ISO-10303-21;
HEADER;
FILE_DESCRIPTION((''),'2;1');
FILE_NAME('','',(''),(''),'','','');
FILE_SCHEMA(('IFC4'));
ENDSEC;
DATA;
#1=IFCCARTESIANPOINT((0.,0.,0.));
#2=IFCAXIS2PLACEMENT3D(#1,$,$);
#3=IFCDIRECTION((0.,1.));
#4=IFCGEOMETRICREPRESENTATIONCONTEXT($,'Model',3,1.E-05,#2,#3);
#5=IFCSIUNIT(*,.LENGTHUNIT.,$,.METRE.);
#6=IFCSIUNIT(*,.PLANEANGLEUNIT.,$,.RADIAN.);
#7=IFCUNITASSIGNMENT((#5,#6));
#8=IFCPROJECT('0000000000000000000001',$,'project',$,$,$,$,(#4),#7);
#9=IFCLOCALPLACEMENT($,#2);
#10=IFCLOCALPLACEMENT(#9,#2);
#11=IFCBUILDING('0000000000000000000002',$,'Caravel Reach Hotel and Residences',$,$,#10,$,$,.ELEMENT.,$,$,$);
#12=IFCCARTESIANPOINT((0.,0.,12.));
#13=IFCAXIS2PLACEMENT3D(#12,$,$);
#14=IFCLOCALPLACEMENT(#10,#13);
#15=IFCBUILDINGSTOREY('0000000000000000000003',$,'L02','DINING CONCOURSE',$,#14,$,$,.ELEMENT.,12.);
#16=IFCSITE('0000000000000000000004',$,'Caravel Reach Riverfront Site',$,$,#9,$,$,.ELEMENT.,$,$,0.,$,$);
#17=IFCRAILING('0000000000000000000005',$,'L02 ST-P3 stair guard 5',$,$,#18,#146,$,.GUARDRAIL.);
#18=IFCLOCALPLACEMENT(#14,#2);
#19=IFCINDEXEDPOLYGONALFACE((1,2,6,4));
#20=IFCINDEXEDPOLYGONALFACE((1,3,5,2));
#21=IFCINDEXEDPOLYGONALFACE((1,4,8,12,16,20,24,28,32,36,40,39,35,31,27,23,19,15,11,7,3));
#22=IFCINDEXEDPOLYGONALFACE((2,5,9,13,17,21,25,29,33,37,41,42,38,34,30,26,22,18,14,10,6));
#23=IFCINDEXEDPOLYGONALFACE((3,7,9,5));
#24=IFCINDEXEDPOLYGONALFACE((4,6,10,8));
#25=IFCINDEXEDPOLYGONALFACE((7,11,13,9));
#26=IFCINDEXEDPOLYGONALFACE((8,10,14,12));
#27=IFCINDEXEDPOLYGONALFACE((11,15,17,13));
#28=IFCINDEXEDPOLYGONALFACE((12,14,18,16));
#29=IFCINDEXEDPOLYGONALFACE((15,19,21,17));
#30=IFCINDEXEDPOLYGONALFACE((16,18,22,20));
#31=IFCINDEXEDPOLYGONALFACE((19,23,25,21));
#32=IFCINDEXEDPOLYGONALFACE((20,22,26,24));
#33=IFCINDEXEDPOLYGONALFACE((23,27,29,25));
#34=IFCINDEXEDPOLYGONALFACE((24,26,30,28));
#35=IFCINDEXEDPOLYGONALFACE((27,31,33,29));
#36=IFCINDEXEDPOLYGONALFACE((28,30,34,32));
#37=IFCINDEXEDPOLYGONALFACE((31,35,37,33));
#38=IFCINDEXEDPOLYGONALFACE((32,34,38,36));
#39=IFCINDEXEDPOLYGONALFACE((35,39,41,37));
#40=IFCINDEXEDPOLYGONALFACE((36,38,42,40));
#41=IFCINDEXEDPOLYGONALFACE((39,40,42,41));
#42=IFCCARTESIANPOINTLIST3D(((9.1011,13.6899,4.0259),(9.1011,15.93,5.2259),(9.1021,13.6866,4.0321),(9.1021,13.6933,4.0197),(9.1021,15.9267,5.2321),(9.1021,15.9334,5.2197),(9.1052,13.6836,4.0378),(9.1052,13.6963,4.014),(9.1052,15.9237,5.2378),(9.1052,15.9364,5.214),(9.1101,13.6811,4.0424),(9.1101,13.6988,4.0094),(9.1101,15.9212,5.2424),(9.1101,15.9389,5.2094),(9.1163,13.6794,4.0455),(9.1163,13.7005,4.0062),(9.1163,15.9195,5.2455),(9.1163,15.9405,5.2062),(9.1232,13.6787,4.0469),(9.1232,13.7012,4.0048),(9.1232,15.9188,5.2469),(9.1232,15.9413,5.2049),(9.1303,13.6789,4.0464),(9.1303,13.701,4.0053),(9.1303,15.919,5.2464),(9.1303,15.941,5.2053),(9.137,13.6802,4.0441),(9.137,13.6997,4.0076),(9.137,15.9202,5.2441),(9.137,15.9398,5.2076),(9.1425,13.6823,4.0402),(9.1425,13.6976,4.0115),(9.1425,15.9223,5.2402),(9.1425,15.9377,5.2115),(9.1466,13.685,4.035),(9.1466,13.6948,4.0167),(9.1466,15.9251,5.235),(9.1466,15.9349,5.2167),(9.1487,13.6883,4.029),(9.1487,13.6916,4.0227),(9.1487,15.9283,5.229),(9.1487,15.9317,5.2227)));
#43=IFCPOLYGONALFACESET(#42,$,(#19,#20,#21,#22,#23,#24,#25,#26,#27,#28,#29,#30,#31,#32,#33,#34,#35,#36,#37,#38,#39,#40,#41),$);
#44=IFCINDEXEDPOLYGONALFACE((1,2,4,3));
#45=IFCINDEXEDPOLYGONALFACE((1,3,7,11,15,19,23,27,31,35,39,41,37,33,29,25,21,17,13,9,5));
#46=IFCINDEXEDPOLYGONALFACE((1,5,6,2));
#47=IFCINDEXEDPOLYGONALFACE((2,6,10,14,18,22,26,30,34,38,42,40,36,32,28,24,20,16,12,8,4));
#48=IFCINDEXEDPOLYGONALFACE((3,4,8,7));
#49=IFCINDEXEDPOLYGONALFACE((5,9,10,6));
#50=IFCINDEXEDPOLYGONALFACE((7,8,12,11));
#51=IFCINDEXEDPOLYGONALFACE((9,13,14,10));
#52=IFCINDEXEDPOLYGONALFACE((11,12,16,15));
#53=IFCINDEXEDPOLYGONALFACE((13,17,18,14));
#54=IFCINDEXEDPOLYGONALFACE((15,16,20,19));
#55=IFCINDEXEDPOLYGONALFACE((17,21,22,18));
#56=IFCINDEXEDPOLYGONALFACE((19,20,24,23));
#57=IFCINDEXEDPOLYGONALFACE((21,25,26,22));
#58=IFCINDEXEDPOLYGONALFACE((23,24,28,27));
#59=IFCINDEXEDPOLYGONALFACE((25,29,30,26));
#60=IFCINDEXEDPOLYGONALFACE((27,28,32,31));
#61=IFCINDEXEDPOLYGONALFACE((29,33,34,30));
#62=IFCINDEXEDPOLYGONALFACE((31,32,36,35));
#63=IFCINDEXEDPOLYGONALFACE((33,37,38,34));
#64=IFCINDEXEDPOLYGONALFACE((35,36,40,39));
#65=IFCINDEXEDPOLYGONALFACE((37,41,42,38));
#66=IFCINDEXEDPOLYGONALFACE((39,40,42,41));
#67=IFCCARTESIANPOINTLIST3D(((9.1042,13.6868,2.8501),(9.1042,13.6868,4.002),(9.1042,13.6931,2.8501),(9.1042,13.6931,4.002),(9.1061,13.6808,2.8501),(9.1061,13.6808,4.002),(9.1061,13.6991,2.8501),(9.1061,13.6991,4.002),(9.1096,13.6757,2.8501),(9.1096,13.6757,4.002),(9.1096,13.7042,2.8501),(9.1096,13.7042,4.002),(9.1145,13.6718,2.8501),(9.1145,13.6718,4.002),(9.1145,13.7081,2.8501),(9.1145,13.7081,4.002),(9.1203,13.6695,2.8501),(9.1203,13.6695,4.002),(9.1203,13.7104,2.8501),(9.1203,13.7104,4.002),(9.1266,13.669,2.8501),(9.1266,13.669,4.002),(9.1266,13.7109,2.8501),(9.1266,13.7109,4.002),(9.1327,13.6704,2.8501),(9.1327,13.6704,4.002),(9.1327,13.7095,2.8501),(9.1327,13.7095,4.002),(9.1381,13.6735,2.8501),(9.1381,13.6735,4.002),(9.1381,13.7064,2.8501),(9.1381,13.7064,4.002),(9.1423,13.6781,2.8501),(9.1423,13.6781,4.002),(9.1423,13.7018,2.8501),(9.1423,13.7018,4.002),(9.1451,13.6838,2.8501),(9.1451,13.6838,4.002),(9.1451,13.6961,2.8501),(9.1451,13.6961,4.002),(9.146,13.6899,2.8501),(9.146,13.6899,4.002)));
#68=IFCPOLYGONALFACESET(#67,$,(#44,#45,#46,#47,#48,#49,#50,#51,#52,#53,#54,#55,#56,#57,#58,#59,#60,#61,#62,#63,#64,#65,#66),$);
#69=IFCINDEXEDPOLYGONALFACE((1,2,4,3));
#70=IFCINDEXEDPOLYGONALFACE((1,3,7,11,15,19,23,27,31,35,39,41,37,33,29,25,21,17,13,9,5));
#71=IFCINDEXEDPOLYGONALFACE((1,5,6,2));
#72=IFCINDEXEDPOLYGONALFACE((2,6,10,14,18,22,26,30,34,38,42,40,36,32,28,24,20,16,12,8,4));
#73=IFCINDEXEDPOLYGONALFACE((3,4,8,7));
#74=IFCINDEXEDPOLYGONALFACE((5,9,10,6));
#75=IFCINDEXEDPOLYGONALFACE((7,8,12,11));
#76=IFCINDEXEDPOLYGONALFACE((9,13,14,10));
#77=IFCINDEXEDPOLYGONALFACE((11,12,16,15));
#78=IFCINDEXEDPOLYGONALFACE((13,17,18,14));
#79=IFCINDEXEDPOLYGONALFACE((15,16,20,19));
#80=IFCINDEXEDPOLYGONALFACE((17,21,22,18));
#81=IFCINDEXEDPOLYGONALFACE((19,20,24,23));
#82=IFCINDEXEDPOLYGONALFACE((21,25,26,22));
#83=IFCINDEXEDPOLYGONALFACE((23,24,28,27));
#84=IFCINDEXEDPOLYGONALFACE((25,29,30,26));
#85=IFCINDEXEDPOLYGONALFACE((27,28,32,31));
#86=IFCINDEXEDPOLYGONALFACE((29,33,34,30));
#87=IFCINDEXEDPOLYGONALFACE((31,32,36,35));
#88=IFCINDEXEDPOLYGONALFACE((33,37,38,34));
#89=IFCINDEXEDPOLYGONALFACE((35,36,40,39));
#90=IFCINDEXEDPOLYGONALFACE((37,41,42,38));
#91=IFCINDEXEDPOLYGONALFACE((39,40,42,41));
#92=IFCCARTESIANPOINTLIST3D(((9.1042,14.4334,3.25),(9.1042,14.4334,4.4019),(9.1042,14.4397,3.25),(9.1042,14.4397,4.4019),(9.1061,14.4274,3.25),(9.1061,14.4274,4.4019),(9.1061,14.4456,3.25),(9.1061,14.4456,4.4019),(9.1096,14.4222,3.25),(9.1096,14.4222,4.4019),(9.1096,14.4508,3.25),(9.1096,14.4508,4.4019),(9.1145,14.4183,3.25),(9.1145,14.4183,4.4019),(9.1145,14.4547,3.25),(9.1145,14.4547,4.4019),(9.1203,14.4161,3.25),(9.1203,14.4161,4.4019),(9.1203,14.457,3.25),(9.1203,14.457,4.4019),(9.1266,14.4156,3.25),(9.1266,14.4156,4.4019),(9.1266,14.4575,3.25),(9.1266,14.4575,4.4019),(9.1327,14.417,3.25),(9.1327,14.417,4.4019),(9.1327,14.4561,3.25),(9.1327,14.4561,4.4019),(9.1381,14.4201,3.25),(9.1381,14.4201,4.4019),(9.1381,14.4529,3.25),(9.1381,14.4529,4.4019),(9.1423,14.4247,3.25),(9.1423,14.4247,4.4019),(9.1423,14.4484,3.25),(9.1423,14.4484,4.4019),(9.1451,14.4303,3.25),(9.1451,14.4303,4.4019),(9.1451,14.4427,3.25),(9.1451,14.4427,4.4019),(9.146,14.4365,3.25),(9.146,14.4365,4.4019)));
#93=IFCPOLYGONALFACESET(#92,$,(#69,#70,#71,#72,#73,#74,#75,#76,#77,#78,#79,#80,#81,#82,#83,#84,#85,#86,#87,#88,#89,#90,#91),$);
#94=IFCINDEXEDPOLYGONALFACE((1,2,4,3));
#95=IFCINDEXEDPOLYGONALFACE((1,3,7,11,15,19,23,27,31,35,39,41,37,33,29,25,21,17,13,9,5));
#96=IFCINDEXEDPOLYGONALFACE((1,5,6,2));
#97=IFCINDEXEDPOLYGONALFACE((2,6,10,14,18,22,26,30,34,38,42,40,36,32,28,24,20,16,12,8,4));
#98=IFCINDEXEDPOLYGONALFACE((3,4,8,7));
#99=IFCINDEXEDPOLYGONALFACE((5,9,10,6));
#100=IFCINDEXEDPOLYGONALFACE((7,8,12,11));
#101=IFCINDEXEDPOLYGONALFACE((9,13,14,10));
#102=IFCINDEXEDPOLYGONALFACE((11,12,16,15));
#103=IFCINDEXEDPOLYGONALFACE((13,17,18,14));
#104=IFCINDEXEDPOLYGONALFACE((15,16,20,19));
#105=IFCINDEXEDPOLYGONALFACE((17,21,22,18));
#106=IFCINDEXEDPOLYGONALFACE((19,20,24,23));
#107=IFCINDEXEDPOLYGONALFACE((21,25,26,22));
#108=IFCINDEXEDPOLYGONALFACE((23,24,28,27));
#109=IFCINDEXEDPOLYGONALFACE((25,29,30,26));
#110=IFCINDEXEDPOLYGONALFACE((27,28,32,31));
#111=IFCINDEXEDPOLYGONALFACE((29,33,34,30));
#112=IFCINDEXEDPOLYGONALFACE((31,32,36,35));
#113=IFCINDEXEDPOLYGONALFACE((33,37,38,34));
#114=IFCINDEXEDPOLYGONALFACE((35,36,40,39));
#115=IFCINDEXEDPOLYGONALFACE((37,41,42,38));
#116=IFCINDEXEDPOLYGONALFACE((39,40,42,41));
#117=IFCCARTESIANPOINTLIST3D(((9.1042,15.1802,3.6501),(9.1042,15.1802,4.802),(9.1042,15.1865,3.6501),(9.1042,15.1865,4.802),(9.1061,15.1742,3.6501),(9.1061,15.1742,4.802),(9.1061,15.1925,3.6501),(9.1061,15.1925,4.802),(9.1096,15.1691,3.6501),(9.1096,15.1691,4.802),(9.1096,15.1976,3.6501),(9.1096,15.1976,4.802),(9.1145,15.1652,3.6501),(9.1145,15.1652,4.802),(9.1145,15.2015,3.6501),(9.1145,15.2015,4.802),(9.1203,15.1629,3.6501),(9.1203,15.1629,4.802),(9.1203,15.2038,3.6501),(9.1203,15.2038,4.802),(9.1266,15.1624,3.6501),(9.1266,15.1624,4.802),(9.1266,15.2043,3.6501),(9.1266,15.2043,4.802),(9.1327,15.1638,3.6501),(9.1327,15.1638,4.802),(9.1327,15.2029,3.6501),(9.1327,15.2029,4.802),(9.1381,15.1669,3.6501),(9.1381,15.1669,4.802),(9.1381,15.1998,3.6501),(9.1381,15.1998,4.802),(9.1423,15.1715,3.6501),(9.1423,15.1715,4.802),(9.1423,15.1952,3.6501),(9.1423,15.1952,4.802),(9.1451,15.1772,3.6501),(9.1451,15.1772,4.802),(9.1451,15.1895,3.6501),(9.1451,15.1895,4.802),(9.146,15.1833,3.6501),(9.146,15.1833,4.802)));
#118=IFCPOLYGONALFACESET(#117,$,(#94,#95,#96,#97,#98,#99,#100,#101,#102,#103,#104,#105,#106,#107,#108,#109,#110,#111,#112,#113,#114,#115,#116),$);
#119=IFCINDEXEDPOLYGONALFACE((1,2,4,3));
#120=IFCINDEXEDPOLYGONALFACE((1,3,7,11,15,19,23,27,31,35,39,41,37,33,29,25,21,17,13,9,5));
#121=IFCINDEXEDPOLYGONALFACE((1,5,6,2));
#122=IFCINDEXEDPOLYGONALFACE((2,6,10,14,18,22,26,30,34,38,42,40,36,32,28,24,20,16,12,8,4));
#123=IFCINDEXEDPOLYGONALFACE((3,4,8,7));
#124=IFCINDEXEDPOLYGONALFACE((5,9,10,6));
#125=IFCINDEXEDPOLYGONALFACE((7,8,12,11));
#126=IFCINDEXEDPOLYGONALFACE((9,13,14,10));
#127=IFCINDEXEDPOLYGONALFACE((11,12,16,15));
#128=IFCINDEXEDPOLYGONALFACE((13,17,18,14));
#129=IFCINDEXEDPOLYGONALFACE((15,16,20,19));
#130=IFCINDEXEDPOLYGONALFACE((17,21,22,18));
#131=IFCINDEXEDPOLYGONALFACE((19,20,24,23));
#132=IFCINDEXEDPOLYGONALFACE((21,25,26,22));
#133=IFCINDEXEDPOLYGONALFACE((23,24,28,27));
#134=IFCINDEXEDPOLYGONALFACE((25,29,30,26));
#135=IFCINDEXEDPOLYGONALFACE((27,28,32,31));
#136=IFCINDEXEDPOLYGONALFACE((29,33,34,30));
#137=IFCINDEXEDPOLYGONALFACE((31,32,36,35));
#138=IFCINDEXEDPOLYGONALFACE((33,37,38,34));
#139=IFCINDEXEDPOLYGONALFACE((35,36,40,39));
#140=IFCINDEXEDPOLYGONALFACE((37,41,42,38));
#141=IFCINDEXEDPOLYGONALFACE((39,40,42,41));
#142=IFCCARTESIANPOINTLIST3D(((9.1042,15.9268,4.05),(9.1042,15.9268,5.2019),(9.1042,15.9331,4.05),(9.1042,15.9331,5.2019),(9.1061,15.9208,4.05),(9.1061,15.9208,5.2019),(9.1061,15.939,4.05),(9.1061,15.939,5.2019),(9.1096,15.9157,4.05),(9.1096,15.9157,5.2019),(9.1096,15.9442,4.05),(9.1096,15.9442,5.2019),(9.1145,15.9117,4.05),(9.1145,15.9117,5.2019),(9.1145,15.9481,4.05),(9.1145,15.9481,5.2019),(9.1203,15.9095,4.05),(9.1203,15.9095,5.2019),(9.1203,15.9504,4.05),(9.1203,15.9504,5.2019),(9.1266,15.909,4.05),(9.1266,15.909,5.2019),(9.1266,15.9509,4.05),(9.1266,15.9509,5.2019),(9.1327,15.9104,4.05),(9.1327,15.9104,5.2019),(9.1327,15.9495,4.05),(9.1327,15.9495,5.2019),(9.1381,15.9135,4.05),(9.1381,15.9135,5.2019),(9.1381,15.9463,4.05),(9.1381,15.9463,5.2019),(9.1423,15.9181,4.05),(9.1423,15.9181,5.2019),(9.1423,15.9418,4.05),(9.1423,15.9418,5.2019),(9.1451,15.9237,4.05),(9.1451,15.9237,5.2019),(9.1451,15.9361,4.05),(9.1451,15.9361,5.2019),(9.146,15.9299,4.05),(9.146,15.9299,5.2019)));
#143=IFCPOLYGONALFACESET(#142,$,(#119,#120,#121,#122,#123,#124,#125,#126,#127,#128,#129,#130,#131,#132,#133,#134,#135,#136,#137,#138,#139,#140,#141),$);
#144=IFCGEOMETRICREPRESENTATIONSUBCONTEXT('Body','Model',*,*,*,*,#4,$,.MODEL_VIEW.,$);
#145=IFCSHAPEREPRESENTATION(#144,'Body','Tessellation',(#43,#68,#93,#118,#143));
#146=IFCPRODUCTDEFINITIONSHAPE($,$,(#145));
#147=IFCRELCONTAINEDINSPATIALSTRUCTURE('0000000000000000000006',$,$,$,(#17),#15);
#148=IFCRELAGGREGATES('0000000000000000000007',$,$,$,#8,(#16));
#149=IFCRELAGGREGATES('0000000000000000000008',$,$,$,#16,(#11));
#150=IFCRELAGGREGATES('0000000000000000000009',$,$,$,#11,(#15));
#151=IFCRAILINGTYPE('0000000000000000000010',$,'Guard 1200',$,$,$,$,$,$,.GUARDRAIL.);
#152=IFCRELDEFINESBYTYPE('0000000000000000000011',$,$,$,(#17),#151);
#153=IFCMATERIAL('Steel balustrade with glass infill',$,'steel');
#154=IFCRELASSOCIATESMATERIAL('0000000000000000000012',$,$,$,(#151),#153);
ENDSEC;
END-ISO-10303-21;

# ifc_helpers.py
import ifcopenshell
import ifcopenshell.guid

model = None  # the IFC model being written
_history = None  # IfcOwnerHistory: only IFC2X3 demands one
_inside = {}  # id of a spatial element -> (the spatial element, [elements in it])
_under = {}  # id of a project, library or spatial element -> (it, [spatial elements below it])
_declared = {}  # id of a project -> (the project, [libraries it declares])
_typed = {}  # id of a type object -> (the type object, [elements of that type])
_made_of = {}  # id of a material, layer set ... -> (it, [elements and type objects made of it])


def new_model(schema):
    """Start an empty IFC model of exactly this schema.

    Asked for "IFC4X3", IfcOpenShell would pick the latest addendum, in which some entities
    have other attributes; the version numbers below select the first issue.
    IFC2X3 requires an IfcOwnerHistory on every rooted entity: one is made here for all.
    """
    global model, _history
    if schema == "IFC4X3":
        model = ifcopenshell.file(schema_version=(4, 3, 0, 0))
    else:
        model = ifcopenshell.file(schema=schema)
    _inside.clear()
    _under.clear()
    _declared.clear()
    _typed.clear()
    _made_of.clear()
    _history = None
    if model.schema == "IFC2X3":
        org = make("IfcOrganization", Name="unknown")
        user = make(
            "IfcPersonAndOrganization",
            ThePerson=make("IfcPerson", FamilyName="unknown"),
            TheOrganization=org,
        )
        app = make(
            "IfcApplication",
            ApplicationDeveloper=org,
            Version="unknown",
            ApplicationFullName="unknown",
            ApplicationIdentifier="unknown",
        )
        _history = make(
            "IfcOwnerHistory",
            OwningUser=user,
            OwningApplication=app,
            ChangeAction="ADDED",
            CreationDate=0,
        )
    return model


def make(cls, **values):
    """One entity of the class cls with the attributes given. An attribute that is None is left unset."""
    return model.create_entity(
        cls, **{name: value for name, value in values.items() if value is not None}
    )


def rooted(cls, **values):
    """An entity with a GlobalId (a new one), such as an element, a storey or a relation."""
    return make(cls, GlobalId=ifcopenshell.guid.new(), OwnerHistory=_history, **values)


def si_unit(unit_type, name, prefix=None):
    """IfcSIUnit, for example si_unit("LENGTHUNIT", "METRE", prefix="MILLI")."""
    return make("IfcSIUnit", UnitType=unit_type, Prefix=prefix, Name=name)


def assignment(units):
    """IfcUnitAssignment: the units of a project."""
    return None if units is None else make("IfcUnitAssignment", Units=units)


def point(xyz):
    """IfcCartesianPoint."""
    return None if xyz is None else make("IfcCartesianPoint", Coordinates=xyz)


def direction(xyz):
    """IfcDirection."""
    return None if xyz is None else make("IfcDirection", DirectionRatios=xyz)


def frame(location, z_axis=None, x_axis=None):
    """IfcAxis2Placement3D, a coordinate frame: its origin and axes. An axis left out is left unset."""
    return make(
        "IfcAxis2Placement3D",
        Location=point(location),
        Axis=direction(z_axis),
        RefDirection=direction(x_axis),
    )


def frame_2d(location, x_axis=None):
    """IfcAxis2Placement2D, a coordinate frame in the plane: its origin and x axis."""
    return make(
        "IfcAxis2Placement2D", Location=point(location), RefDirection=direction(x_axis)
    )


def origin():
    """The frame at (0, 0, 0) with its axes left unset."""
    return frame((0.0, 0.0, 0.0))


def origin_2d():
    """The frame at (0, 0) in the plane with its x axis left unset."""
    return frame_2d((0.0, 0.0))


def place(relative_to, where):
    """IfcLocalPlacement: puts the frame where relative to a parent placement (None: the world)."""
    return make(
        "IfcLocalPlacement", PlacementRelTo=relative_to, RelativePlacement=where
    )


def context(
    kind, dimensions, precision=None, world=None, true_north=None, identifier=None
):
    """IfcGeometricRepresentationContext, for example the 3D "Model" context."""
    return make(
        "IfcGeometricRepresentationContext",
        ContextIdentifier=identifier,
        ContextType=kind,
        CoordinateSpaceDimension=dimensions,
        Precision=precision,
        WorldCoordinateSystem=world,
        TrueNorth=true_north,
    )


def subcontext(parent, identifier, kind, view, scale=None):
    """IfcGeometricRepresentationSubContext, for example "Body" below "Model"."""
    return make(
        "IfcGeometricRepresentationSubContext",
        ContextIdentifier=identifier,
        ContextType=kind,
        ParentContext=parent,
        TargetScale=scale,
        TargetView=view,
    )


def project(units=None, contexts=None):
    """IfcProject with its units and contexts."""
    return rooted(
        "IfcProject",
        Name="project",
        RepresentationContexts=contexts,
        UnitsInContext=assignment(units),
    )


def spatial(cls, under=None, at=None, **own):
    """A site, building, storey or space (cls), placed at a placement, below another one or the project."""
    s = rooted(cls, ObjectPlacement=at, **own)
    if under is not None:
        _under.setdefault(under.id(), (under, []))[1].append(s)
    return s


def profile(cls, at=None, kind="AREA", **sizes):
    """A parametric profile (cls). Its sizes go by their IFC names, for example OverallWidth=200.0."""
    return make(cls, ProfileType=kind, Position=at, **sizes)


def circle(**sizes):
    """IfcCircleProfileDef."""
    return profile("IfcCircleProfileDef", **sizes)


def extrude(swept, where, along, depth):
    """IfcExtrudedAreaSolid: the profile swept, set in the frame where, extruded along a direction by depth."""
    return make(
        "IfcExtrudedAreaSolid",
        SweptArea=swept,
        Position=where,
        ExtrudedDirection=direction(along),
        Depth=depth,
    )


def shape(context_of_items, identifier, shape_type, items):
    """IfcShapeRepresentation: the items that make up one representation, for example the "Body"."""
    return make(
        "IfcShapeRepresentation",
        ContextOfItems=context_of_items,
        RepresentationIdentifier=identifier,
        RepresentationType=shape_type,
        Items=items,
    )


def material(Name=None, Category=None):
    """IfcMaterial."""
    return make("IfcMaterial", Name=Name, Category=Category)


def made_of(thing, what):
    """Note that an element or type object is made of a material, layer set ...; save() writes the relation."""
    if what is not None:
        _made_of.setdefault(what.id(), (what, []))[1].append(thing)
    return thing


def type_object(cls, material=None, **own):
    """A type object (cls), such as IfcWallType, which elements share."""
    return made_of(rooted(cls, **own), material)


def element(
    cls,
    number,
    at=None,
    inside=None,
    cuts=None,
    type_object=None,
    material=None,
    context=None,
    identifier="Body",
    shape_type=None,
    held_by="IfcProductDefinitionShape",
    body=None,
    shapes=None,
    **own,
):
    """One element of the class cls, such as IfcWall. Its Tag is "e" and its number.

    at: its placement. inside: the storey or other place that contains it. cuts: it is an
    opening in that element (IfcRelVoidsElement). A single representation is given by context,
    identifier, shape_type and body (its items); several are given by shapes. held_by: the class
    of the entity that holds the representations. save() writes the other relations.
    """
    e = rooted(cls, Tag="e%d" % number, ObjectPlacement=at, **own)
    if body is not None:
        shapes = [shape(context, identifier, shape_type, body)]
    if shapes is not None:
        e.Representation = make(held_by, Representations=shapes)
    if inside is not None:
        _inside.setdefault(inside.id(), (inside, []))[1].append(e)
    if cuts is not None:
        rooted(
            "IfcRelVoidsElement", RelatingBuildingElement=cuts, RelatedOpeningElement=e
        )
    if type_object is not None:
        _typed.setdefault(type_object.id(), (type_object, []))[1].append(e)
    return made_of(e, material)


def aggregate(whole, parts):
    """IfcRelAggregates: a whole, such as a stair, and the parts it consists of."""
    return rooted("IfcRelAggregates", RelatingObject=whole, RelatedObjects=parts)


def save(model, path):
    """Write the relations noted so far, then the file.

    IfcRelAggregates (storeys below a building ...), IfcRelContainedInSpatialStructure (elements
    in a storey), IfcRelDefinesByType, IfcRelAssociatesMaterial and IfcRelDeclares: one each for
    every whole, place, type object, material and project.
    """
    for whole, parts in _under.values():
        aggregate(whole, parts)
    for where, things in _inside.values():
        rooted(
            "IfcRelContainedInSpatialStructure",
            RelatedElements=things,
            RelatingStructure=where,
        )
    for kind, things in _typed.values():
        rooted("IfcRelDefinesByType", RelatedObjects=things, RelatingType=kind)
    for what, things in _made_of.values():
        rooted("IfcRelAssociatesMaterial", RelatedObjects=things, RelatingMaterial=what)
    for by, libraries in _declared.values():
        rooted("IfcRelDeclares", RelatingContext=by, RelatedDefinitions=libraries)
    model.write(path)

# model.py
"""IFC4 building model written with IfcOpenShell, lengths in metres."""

from ifc_helpers import new_model, si_unit, direction, frame, origin, origin_2d, place, context, subcontext, project, spatial, circle, extrude, material, type_object, element, save


model = new_model("IFC4")

# Units and contexts
model_context = context("Model", 3, precision=1e-05, world=origin(), true_north=direction((0.0, 1.0)))
body_context = subcontext(model_context, "Body", "Model", "MODEL_VIEW")
ifc_project = project(units=[si_unit("LENGTHUNIT", "METRE"), si_unit("PLANEANGLEUNIT", "RADIAN")], contexts=[model_context])

# Site, building, storey
site_placement = place(None, origin())
site = spatial("IfcSite", under=ifc_project, at=site_placement, Name="Caravel Reach Riverfront Site", CompositionType="ELEMENT", RefElevation=0.0)
building_placement = place(site_placement, origin())
building = spatial("IfcBuilding", under=site, at=building_placement, Name="Caravel Reach Hotel and Residences", CompositionType="ELEMENT")
storey_placement = place(building_placement, frame((0.0, 0.0, 12.0)))
storey = spatial("IfcBuildingStorey", under=building, at=storey_placement, Name="L02", Description="DINING CONCOURSE", CompositionType="ELEMENT", Elevation=12.0)

# Railing
ifc_material_1 = material(Name="Steel balustrade with glass infill", Category="steel")
railing_type_1 = type_object("IfcRailingType", Name="Guard 1200", PredefinedType="GUARDRAIL", material=ifc_material_1)
railing_1_placement = place(storey_placement, frame((9.125, 13.6899, 2.8501)))
element("IfcRailing", 1, at=railing_1_placement, inside=storey, type_object=railing_type_1, Name="L02 ST-P3 stair guard 5", PredefinedType="GUARDRAIL", context=body_context, shape_type="SweptSolid", body=[
    extrude(circle(Radius=0.0239, at=origin_2d()), frame((0.0, 0.0, 1.1758), z_axis=(0.0, 0.881487, 0.472208), x_axis=(-1.0, 0.0, 0.0)), (0.0, 0.0, 1.0), 2.5413),
    extrude(circle(Radius=0.021, at=origin_2d()), origin(), (0.0, 0.0, 1.0), 1.1519),
    extrude(circle(Radius=0.021, at=origin_2d()), frame((0.0, 0.7466, 0.3999)), (0.0, 0.0, 1.0), 1.1519),
    extrude(circle(Radius=0.021, at=origin_2d()), frame((0.0, 1.4934, 0.8)), (0.0, 0.0, 1.0), 1.1519),
    extrude(circle(Radius=0.021, at=origin_2d()), frame((0.0, 2.24, 1.2)), (0.0, 0.0, 1.0), 1.1519),
])

save(model, "model.ifc")
